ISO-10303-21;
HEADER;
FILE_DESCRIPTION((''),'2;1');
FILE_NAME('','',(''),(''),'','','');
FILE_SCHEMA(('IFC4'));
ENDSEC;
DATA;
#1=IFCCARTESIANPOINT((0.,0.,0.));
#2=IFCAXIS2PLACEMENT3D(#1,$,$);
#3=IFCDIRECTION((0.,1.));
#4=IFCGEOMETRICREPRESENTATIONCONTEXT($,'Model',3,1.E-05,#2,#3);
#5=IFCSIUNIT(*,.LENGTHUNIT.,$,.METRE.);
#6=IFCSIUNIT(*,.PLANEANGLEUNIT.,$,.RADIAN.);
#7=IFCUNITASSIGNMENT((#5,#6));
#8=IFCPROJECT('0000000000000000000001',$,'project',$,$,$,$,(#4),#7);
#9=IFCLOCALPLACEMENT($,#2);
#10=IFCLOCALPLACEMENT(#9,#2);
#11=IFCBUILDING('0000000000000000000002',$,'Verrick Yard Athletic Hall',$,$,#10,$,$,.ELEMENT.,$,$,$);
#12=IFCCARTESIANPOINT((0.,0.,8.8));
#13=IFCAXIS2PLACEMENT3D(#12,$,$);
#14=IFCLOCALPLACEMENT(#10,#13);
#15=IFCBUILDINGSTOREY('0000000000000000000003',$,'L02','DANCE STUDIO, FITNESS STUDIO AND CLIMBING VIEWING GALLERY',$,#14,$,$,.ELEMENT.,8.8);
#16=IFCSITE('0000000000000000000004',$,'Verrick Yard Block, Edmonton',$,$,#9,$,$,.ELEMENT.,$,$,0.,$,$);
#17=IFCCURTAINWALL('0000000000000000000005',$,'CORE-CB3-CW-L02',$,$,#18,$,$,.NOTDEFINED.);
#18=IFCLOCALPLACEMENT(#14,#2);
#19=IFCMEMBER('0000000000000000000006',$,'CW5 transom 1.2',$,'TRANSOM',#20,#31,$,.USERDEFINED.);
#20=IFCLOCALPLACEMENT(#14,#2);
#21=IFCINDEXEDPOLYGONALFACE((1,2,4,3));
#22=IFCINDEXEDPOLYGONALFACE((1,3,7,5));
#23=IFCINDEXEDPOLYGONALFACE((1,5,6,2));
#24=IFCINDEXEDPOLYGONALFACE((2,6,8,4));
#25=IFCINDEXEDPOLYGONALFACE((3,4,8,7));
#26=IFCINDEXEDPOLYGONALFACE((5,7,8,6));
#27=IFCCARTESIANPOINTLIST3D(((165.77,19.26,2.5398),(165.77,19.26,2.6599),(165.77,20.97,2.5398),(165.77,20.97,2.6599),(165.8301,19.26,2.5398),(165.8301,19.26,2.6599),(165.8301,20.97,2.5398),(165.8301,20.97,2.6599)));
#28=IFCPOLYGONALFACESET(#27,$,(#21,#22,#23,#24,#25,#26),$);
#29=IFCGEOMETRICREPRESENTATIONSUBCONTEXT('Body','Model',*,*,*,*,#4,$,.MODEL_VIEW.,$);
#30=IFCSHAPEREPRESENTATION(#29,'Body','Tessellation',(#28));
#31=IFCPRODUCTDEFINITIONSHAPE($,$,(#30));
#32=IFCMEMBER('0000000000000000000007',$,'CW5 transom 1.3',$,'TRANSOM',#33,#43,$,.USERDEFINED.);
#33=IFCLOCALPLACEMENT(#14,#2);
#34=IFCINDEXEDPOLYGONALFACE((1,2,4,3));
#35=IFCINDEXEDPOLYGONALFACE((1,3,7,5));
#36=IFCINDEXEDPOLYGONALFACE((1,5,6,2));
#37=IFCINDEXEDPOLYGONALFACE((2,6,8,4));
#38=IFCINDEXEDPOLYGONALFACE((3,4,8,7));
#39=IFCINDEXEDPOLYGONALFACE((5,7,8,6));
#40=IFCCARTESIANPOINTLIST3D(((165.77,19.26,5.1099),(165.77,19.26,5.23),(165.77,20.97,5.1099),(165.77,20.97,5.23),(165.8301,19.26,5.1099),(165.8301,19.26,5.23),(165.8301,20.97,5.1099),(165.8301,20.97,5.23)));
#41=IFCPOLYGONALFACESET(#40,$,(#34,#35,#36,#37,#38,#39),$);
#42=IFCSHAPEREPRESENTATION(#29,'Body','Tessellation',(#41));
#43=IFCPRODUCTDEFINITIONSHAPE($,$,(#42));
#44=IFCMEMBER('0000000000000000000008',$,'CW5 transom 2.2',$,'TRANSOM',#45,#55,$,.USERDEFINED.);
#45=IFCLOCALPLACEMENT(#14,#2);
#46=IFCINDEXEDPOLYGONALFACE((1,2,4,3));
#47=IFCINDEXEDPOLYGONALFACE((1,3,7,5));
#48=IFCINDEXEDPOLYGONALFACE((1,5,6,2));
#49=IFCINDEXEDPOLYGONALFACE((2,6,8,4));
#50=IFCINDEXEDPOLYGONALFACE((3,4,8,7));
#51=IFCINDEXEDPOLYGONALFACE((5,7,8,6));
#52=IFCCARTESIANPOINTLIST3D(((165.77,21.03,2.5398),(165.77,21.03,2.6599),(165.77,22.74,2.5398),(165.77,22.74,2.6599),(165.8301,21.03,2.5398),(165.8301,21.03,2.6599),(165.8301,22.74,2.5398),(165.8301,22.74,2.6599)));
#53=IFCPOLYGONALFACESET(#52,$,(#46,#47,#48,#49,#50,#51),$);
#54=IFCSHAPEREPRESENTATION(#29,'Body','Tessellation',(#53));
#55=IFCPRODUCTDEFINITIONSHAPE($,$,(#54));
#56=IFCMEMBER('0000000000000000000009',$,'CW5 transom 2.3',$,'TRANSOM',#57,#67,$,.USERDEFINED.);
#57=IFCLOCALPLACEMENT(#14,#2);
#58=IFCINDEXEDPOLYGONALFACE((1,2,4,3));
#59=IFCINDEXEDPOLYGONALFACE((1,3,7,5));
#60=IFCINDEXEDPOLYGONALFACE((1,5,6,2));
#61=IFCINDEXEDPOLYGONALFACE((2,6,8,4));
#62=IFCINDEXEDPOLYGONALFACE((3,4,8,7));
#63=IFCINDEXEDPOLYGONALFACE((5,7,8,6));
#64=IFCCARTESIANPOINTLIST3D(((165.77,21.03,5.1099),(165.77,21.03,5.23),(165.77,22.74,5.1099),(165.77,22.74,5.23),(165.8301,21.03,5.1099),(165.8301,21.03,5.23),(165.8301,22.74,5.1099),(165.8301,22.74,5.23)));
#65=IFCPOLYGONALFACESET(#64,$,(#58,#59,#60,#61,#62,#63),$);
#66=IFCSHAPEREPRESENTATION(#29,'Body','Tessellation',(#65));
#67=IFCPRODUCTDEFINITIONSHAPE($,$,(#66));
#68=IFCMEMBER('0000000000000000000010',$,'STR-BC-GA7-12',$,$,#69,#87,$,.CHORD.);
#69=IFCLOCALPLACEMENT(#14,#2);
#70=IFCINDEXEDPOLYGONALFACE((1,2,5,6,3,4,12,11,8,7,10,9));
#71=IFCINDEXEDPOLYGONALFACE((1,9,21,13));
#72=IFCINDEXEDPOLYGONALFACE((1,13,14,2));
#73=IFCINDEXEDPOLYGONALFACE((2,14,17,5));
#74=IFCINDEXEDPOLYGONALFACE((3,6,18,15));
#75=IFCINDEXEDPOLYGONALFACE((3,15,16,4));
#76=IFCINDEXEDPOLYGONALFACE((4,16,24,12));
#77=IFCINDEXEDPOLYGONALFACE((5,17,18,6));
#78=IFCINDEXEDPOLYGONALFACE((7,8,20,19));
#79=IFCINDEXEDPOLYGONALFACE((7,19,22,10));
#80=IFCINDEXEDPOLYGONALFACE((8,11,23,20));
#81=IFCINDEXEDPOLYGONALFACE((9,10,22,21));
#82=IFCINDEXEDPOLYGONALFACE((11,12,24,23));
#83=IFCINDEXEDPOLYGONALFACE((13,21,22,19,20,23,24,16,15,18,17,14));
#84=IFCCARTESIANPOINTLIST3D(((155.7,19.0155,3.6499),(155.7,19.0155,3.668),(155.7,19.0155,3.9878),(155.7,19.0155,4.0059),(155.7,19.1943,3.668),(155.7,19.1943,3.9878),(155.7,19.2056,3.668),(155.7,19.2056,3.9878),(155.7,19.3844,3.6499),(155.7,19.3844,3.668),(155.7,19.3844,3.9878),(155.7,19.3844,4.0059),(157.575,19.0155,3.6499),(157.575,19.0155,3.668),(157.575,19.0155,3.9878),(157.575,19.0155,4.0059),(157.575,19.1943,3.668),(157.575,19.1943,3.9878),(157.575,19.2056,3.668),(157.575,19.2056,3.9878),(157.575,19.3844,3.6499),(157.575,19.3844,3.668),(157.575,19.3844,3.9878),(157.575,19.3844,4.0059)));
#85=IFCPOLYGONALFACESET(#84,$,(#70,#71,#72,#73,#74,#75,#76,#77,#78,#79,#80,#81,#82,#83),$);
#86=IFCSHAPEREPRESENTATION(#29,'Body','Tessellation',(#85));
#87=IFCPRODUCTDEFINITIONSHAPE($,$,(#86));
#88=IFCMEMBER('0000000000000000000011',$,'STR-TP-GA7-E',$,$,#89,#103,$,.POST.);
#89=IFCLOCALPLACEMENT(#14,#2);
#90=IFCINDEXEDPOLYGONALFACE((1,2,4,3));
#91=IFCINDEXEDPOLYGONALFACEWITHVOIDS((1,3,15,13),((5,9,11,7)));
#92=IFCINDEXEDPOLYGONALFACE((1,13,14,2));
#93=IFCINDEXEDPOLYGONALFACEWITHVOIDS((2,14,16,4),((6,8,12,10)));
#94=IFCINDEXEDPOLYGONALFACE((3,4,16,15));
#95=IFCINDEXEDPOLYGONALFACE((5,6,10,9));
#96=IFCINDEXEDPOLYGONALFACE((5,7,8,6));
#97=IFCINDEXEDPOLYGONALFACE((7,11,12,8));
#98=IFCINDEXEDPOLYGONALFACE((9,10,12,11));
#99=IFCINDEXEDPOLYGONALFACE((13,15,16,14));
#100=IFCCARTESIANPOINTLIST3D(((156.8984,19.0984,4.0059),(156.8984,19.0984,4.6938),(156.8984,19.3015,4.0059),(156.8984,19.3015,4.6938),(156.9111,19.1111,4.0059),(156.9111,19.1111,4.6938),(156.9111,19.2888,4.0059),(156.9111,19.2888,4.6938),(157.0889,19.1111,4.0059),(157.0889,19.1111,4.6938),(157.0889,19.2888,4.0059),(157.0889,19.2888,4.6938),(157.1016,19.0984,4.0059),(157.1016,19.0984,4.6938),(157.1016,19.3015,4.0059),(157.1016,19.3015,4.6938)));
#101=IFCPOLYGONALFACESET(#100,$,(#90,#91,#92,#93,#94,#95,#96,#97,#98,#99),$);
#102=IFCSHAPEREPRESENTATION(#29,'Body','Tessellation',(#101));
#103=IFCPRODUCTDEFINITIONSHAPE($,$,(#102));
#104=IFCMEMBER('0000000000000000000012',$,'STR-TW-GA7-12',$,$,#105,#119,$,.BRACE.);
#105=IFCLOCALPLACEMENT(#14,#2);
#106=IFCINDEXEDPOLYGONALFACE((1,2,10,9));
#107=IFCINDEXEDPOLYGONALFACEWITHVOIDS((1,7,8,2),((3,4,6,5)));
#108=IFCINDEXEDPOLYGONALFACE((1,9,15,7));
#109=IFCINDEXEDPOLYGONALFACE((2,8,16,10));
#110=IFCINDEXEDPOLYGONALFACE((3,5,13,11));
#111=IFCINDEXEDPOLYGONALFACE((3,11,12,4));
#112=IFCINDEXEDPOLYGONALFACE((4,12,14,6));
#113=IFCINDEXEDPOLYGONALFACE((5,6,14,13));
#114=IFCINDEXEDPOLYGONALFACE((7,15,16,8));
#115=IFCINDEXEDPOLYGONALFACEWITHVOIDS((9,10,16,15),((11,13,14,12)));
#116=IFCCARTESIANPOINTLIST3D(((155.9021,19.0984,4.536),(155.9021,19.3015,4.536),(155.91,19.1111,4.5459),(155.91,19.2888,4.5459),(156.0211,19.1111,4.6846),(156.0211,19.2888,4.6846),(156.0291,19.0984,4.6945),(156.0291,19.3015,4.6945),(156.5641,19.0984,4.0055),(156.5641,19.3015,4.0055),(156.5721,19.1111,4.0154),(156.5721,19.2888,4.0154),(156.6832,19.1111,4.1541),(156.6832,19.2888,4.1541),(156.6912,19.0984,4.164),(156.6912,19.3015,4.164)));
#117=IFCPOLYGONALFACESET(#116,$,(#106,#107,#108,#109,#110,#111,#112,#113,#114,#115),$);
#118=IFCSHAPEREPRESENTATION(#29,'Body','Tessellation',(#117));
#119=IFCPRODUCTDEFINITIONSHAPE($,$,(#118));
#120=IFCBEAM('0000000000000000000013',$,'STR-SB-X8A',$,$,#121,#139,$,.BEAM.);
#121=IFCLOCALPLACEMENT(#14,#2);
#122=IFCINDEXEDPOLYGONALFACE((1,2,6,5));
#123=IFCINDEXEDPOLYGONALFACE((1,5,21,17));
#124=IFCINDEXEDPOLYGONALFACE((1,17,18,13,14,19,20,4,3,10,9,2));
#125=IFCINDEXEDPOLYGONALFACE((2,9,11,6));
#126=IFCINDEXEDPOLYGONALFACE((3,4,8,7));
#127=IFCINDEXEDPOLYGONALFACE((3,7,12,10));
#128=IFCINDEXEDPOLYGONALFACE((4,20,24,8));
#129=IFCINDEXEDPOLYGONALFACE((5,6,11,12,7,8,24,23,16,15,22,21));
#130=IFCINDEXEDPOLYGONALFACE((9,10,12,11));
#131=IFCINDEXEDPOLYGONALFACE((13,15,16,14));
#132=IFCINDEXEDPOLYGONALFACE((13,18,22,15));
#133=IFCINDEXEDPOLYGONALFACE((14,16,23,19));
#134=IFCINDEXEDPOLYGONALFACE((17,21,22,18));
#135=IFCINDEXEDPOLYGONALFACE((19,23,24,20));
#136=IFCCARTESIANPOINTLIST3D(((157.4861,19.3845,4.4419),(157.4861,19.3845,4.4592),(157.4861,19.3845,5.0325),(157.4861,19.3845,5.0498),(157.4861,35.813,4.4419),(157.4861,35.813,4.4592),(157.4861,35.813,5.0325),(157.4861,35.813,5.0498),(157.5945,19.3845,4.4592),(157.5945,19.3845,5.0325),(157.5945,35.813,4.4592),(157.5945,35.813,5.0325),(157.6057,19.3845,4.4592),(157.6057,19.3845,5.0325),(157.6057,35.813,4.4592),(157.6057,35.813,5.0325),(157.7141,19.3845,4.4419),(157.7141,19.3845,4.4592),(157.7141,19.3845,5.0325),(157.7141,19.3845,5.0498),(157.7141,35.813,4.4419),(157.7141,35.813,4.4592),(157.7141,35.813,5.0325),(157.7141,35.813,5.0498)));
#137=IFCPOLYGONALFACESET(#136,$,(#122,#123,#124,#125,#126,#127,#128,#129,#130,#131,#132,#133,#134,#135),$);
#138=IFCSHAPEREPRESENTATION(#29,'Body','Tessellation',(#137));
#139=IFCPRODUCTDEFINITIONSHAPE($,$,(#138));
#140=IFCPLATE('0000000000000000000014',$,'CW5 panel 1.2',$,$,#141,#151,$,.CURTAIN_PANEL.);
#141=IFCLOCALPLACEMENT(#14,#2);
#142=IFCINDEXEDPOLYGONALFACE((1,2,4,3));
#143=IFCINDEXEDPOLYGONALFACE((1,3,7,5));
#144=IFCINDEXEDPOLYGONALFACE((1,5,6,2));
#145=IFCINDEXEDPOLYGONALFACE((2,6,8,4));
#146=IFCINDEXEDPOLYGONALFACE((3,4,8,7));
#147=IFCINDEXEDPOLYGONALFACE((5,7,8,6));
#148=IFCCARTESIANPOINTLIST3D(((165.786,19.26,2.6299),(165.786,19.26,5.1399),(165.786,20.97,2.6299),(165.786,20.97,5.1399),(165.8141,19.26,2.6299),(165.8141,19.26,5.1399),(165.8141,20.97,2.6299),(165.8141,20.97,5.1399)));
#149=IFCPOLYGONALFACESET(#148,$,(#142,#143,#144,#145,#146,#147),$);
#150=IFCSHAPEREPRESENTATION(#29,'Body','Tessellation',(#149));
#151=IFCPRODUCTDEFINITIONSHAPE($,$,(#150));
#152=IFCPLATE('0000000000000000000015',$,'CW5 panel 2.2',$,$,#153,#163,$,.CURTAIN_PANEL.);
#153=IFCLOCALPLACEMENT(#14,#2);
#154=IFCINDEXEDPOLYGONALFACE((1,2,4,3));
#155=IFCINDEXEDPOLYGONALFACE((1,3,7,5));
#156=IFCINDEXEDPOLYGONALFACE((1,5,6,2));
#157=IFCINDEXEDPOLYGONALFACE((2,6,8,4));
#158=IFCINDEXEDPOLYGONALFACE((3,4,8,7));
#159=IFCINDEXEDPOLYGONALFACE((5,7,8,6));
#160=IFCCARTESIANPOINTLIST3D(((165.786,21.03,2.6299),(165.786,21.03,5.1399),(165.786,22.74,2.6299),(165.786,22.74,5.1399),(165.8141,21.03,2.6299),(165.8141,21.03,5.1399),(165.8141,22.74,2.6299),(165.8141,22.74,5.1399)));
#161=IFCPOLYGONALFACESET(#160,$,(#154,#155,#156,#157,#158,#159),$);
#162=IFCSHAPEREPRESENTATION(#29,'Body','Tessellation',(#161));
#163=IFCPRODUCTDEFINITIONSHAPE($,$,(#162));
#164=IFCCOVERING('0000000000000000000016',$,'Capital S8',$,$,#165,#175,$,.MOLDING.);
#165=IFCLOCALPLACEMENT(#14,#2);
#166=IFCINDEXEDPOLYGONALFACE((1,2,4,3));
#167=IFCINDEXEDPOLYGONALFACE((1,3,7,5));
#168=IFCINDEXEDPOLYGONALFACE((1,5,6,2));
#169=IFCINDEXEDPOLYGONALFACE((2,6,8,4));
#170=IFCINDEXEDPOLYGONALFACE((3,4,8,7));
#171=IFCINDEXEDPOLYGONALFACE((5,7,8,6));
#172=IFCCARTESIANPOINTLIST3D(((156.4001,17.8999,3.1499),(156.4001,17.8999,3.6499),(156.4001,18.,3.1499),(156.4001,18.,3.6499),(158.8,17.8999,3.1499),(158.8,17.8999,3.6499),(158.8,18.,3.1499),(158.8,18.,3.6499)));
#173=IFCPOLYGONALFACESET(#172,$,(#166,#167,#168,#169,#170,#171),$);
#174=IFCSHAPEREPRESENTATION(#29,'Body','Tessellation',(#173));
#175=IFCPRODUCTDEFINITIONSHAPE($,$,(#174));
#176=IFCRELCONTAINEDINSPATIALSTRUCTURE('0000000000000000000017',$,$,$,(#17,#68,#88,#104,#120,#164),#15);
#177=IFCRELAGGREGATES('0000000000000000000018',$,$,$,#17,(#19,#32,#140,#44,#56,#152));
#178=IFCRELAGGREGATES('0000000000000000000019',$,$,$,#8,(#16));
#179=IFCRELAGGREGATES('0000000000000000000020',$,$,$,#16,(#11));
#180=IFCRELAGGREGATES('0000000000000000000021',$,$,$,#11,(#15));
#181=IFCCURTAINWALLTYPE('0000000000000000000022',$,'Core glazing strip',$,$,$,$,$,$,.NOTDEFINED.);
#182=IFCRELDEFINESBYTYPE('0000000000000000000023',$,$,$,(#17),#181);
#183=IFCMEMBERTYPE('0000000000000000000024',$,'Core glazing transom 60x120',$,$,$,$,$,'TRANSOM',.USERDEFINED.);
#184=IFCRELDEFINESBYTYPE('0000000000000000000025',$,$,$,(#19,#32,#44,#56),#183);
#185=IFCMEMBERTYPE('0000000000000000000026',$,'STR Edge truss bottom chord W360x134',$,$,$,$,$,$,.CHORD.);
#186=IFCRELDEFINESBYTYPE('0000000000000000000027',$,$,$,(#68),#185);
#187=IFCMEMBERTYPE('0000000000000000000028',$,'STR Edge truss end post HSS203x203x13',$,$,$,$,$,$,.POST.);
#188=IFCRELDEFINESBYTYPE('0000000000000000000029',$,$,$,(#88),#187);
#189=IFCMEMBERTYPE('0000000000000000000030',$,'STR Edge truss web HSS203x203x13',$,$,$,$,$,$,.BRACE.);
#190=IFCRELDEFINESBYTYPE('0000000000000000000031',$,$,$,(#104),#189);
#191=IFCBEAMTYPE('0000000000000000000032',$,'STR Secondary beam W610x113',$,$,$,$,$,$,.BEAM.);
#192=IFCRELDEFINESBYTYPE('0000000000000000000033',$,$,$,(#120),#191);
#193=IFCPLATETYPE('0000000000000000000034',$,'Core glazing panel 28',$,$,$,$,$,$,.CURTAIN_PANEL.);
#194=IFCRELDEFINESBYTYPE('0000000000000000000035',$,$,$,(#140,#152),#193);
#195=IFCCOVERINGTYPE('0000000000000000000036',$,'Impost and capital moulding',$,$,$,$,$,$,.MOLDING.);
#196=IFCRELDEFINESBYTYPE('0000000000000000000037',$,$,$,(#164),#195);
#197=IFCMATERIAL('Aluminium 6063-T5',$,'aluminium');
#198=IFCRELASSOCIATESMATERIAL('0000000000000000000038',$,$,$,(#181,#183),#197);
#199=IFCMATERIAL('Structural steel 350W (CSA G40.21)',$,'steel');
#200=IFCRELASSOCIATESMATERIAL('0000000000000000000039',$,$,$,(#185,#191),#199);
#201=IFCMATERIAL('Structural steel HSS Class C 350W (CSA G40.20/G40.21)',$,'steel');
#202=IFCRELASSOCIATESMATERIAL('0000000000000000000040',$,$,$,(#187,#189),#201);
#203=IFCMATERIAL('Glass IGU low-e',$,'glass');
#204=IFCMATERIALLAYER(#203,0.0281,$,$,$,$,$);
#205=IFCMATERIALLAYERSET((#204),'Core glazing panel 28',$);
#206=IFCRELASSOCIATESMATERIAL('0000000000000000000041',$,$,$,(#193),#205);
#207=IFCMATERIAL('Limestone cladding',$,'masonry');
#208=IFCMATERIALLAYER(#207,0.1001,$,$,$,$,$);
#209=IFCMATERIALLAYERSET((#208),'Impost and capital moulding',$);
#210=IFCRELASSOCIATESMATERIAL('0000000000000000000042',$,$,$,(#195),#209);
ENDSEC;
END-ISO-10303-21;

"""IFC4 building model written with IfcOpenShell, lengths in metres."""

from ifc_helpers import new_model, si_unit, direction, frame, origin, origin_2d, place, context, subcontext, project, spatial, rectangle, hollow_rectangle, i_section, extrude, material, layer, layer_set, material_profile, profile_set, type_object, element, aggregate, save


model = new_model("IFC4")

# Units and contexts
model_context = context("Model", 3, precision=1e-05, world=origin(), true_north=direction((0.0, 1.0)))
body_context = subcontext(model_context, "Body", "Model", "MODEL_VIEW")
ifc_project = project(units=[si_unit("LENGTHUNIT", "METRE"), si_unit("PLANEANGLEUNIT", "RADIAN")], contexts=[model_context])

# Site, building, storey
site_placement = place(None, origin())
site = spatial("IfcSite", under=ifc_project, at=site_placement, Name="Verrick Yard Block, Edmonton", CompositionType="ELEMENT", RefElevation=0.0)
building_placement = place(site_placement, origin())
building = spatial("IfcBuilding", under=site, at=building_placement, Name="Verrick Yard Athletic Hall", CompositionType="ELEMENT")
storey_placement = place(building_placement, frame((0.0, 0.0, 8.8)))
storey = spatial("IfcBuildingStorey", under=building, at=storey_placement, Name="L02", Description="DANCE STUDIO, FITNESS STUDIO AND CLIMBING VIEWING GALLERY", CompositionType="ELEMENT", Elevation=8.8)

# Curtain wall, members
ifc_material_1 = material(Name="Aluminium 6063-T5", Category="aluminium")
curtain_wall_type = type_object("IfcCurtainWallType", Name="Core glazing strip", PredefinedType="NOTDEFINED", material=ifc_material_1)
curtain_wall_placement = place(storey_placement, origin())
curtain_wall = element("IfcCurtainWall", 1, at=curtain_wall_placement, inside=storey, type_object=curtain_wall_type, Name="CORE-CB3-CW-L02", PredefinedType="NOTDEFINED")
ifc_material_profile_1 = material_profile(ifc_material_1, rectangle(XDim=0.0601, YDim=0.1201, at=origin_2d()), Name="Core glazing transom 60x120")
ifc_profile_set_1 = profile_set([ifc_material_profile_1], Name="Aluminium 6063-T5")
member_type_1 = type_object("IfcMemberType", Name="Core glazing transom 60x120", ElementType="TRANSOM", PredefinedType="USERDEFINED", material=ifc_profile_set_1)
member_1_placement = place(storey_placement, frame((165.8, 19.26, 2.5999), z_axis=(0.0, 1.0, 0.0), x_axis=(-1.0, 0.0, 0.0)))
member_1 = element("IfcMember", 2, at=member_1_placement, type_object=member_type_1, Name="CW5 transom 1.2", ObjectType="TRANSOM", PredefinedType="USERDEFINED", context=body_context, shape_type="SweptSolid", body=[
    extrude(rectangle(XDim=0.0601, YDim=0.1201, at=origin_2d()), origin(), (0.0, 0.0, 1.0), 1.71),
])
member_2_placement = place(storey_placement, frame((165.8, 19.26, 5.1699), z_axis=(0.0, 1.0, 0.0), x_axis=(-1.0, 0.0, 0.0)))
member_2 = element("IfcMember", 3, at=member_2_placement, type_object=member_type_1, Name="CW5 transom 1.3", ObjectType="TRANSOM", PredefinedType="USERDEFINED", context=body_context, shape_type="SweptSolid", body=[
    extrude(rectangle(XDim=0.0601, YDim=0.1201, at=origin_2d()), origin(), (0.0, 0.0, 1.0), 1.71),
])
member_3_placement = place(storey_placement, frame((165.8, 21.03, 2.5999), z_axis=(0.0, 1.0, 0.0), x_axis=(-1.0, 0.0, 0.0)))
member_3 = element("IfcMember", 4, at=member_3_placement, type_object=member_type_1, Name="CW5 transom 2.2", ObjectType="TRANSOM", PredefinedType="USERDEFINED", context=body_context, shape_type="SweptSolid", body=[
    extrude(rectangle(XDim=0.0601, YDim=0.1201, at=origin_2d()), origin(), (0.0, 0.0, 1.0), 1.71),
])
member_4_placement = place(storey_placement, frame((165.8, 21.03, 5.1699), z_axis=(0.0, 1.0, 0.0), x_axis=(-1.0, 0.0, 0.0)))
member_4 = element("IfcMember", 5, at=member_4_placement, type_object=member_type_1, Name="CW5 transom 2.3", ObjectType="TRANSOM", PredefinedType="USERDEFINED", context=body_context, shape_type="SweptSolid", body=[
    extrude(rectangle(XDim=0.0601, YDim=0.1201, at=origin_2d()), origin(), (0.0, 0.0, 1.0), 1.71),
])

# Members
ifc_material_2 = material(Name="Structural steel 350W (CSA G40.21)", Category="steel")
ifc_material_profile_2 = material_profile(ifc_material_2, i_section(OverallWidth=0.3689, OverallDepth=0.356, WebThickness=0.0112, FlangeThickness=0.0181, at=origin_2d()), Name="W360x134")
ifc_profile_set_2 = profile_set([ifc_material_profile_2], Name="Structural steel 350W (CSA G40.21)")
member_type_2 = type_object("IfcMemberType", Name="STR Edge truss bottom chord W360x134", PredefinedType="CHORD", material=ifc_profile_set_2)
member_5_placement = place(storey_placement, frame((155.7, 19.2, 3.8279), z_axis=(1.0, 0.0, 0.0), x_axis=(0.0, 1.0, 0.0)))
element("IfcMember", 6, at=member_5_placement, inside=storey, type_object=member_type_2, Name="STR-BC-GA7-12", PredefinedType="CHORD", context=body_context, shape_type="SweptSolid", body=[
    extrude(i_section(OverallWidth=0.3689, OverallDepth=0.356, WebThickness=0.0112, FlangeThickness=0.0181, at=origin_2d()), origin(), (0.0, 0.0, 1.0), 1.875),
])
ifc_material_3 = material(Name="Structural steel HSS Class C 350W (CSA G40.20/G40.21)", Category="steel")
ifc_material_profile_3 = material_profile(ifc_material_3, hollow_rectangle(XDim=0.2031, YDim=0.2031, WallThickness=0.0127, at=origin_2d()), Name="HSS203x203x13")
ifc_profile_set_3 = profile_set([ifc_material_profile_3], Name="Structural steel HSS Class C 350W (CSA G40.20/G40.21)")
member_type_3 = type_object("IfcMemberType", Name="STR Edge truss end post HSS203x203x13", PredefinedType="POST", material=ifc_profile_set_3)
member_6_placement = place(storey_placement, frame((157.0, 19.2, 4.0059), z_axis=(0.0, 0.0, 1.0), x_axis=(1.0, 0.0, 0.0)))
element("IfcMember", 7, at=member_6_placement, inside=storey, type_object=member_type_3, Name="STR-TP-GA7-E", PredefinedType="POST", context=body_context, shape_type="SweptSolid", body=[
    extrude(hollow_rectangle(XDim=0.2031, YDim=0.2031, WallThickness=0.0127, at=origin_2d()), origin(), (0.0, 0.0, 1.0), 0.688),
])
ifc_material_profile_4 = material_profile(ifc_material_3, hollow_rectangle(XDim=0.2031, YDim=0.2031, WallThickness=0.0127, at=origin_2d()), Name="HSS203x203x13")
ifc_profile_set_4 = profile_set([ifc_material_profile_4], Name="Structural steel HSS Class C 350W (CSA G40.20/G40.21)")
member_type_4 = type_object("IfcMemberType", Name="STR Edge truss web HSS203x203x13", PredefinedType="BRACE", material=ifc_profile_set_4)
member_7_placement = place(storey_placement, frame((155.9656, 19.2, 4.6152), z_axis=(0.780391, 0.0, -0.625291), x_axis=(0.0, 1.0, 0.0)))
element("IfcMember", 8, at=member_7_placement, inside=storey, type_object=member_type_4, Name="STR-TW-GA7-12", PredefinedType="BRACE", context=body_context, shape_type="SweptSolid", body=[
    extrude(hollow_rectangle(XDim=0.2031, YDim=0.2031, WallThickness=0.0127, at=origin_2d()), origin(), (0.0, 0.0, 1.0), 0.8484),
])

# Beam
ifc_material_profile_5 = material_profile(ifc_material_2, i_section(OverallWidth=0.228, OverallDepth=0.6079, WebThickness=0.0112, FlangeThickness=0.0173, at=origin_2d()), Name="W610x113")
ifc_profile_set_5 = profile_set([ifc_material_profile_5], Name="Structural steel 350W (CSA G40.21)")
beam_type = type_object("IfcBeamType", Name="STR Secondary beam W610x113", PredefinedType="BEAM", material=ifc_profile_set_5)
beam_placement = place(storey_placement, frame((157.6001, 19.3845, 4.7458), z_axis=(0.0, 1.0, 0.0), x_axis=(-1.0, 0.0, 0.0)))
element("IfcBeam", 9, at=beam_placement, inside=storey, type_object=beam_type, Name="STR-SB-X8A", PredefinedType="BEAM", context=body_context, shape_type="SweptSolid", body=[
    extrude(i_section(OverallWidth=0.228, OverallDepth=0.6079, WebThickness=0.0112, FlangeThickness=0.0173, at=origin_2d()), origin(), (0.0, 0.0, 1.0), 16.4285),
])

# Plates
ifc_material_4 = material(Name="Glass IGU low-e", Category="glass")
ifc_layer_1 = layer(ifc_material_4, 0.0281)
ifc_layer_set_1 = layer_set([ifc_layer_1], Name="Core glazing panel 28")
plate_type = type_object("IfcPlateType", Name="Core glazing panel 28", PredefinedType="CURTAIN_PANEL", material=ifc_layer_set_1)
plate_1_placement = place(storey_placement, frame((165.8, 20.115, 2.6299), z_axis=(0.0, 0.0, 1.0), x_axis=(0.0, 1.0, 0.0)))
plate_1 = element("IfcPlate", 10, at=plate_1_placement, type_object=plate_type, Name="CW5 panel 1.2", PredefinedType="CURTAIN_PANEL", context=body_context, shape_type="SweptSolid", body=[
    extrude(rectangle(XDim=1.71, YDim=0.0281, at=origin_2d()), origin(), (0.0, 0.0, 1.0), 2.51),
])
plate_2_placement = place(storey_placement, frame((165.8, 21.885, 2.6299), z_axis=(0.0, 0.0, 1.0), x_axis=(0.0, 1.0, 0.0)))
plate_2 = element("IfcPlate", 11, at=plate_2_placement, type_object=plate_type, Name="CW5 panel 2.2", PredefinedType="CURTAIN_PANEL", context=body_context, shape_type="SweptSolid", body=[
    extrude(rectangle(XDim=1.71, YDim=0.0281, at=origin_2d()), origin(), (0.0, 0.0, 1.0), 2.51),
])
aggregate(curtain_wall, [member_1, member_2, plate_1, member_3, member_4, plate_2])

# Covering
ifc_material_5 = material(Name="Limestone cladding", Category="masonry")
ifc_layer_2 = layer(ifc_material_5, 0.1001)
ifc_layer_set_2 = layer_set([ifc_layer_2], Name="Impost and capital moulding")
covering_type = type_object("IfcCoveringType", Name="Impost and capital moulding", PredefinedType="MOLDING", material=ifc_layer_set_2)
covering_placement = place(storey_placement, frame((157.6001, 17.95, 3.1499), z_axis=(0.0, 0.0, 1.0), x_axis=(1.0, 0.0, 0.0)))
element("IfcCovering", 12, at=covering_placement, inside=storey, type_object=covering_type, Name="Capital S8", PredefinedType="MOLDING", context=body_context, shape_type="SweptSolid", body=[
    extrude(rectangle(XDim=2.3999, YDim=0.1001, at=origin_2d()), origin(), (0.0, 0.0, 1.0), 0.5),
])

save(model, "model.ifc")
